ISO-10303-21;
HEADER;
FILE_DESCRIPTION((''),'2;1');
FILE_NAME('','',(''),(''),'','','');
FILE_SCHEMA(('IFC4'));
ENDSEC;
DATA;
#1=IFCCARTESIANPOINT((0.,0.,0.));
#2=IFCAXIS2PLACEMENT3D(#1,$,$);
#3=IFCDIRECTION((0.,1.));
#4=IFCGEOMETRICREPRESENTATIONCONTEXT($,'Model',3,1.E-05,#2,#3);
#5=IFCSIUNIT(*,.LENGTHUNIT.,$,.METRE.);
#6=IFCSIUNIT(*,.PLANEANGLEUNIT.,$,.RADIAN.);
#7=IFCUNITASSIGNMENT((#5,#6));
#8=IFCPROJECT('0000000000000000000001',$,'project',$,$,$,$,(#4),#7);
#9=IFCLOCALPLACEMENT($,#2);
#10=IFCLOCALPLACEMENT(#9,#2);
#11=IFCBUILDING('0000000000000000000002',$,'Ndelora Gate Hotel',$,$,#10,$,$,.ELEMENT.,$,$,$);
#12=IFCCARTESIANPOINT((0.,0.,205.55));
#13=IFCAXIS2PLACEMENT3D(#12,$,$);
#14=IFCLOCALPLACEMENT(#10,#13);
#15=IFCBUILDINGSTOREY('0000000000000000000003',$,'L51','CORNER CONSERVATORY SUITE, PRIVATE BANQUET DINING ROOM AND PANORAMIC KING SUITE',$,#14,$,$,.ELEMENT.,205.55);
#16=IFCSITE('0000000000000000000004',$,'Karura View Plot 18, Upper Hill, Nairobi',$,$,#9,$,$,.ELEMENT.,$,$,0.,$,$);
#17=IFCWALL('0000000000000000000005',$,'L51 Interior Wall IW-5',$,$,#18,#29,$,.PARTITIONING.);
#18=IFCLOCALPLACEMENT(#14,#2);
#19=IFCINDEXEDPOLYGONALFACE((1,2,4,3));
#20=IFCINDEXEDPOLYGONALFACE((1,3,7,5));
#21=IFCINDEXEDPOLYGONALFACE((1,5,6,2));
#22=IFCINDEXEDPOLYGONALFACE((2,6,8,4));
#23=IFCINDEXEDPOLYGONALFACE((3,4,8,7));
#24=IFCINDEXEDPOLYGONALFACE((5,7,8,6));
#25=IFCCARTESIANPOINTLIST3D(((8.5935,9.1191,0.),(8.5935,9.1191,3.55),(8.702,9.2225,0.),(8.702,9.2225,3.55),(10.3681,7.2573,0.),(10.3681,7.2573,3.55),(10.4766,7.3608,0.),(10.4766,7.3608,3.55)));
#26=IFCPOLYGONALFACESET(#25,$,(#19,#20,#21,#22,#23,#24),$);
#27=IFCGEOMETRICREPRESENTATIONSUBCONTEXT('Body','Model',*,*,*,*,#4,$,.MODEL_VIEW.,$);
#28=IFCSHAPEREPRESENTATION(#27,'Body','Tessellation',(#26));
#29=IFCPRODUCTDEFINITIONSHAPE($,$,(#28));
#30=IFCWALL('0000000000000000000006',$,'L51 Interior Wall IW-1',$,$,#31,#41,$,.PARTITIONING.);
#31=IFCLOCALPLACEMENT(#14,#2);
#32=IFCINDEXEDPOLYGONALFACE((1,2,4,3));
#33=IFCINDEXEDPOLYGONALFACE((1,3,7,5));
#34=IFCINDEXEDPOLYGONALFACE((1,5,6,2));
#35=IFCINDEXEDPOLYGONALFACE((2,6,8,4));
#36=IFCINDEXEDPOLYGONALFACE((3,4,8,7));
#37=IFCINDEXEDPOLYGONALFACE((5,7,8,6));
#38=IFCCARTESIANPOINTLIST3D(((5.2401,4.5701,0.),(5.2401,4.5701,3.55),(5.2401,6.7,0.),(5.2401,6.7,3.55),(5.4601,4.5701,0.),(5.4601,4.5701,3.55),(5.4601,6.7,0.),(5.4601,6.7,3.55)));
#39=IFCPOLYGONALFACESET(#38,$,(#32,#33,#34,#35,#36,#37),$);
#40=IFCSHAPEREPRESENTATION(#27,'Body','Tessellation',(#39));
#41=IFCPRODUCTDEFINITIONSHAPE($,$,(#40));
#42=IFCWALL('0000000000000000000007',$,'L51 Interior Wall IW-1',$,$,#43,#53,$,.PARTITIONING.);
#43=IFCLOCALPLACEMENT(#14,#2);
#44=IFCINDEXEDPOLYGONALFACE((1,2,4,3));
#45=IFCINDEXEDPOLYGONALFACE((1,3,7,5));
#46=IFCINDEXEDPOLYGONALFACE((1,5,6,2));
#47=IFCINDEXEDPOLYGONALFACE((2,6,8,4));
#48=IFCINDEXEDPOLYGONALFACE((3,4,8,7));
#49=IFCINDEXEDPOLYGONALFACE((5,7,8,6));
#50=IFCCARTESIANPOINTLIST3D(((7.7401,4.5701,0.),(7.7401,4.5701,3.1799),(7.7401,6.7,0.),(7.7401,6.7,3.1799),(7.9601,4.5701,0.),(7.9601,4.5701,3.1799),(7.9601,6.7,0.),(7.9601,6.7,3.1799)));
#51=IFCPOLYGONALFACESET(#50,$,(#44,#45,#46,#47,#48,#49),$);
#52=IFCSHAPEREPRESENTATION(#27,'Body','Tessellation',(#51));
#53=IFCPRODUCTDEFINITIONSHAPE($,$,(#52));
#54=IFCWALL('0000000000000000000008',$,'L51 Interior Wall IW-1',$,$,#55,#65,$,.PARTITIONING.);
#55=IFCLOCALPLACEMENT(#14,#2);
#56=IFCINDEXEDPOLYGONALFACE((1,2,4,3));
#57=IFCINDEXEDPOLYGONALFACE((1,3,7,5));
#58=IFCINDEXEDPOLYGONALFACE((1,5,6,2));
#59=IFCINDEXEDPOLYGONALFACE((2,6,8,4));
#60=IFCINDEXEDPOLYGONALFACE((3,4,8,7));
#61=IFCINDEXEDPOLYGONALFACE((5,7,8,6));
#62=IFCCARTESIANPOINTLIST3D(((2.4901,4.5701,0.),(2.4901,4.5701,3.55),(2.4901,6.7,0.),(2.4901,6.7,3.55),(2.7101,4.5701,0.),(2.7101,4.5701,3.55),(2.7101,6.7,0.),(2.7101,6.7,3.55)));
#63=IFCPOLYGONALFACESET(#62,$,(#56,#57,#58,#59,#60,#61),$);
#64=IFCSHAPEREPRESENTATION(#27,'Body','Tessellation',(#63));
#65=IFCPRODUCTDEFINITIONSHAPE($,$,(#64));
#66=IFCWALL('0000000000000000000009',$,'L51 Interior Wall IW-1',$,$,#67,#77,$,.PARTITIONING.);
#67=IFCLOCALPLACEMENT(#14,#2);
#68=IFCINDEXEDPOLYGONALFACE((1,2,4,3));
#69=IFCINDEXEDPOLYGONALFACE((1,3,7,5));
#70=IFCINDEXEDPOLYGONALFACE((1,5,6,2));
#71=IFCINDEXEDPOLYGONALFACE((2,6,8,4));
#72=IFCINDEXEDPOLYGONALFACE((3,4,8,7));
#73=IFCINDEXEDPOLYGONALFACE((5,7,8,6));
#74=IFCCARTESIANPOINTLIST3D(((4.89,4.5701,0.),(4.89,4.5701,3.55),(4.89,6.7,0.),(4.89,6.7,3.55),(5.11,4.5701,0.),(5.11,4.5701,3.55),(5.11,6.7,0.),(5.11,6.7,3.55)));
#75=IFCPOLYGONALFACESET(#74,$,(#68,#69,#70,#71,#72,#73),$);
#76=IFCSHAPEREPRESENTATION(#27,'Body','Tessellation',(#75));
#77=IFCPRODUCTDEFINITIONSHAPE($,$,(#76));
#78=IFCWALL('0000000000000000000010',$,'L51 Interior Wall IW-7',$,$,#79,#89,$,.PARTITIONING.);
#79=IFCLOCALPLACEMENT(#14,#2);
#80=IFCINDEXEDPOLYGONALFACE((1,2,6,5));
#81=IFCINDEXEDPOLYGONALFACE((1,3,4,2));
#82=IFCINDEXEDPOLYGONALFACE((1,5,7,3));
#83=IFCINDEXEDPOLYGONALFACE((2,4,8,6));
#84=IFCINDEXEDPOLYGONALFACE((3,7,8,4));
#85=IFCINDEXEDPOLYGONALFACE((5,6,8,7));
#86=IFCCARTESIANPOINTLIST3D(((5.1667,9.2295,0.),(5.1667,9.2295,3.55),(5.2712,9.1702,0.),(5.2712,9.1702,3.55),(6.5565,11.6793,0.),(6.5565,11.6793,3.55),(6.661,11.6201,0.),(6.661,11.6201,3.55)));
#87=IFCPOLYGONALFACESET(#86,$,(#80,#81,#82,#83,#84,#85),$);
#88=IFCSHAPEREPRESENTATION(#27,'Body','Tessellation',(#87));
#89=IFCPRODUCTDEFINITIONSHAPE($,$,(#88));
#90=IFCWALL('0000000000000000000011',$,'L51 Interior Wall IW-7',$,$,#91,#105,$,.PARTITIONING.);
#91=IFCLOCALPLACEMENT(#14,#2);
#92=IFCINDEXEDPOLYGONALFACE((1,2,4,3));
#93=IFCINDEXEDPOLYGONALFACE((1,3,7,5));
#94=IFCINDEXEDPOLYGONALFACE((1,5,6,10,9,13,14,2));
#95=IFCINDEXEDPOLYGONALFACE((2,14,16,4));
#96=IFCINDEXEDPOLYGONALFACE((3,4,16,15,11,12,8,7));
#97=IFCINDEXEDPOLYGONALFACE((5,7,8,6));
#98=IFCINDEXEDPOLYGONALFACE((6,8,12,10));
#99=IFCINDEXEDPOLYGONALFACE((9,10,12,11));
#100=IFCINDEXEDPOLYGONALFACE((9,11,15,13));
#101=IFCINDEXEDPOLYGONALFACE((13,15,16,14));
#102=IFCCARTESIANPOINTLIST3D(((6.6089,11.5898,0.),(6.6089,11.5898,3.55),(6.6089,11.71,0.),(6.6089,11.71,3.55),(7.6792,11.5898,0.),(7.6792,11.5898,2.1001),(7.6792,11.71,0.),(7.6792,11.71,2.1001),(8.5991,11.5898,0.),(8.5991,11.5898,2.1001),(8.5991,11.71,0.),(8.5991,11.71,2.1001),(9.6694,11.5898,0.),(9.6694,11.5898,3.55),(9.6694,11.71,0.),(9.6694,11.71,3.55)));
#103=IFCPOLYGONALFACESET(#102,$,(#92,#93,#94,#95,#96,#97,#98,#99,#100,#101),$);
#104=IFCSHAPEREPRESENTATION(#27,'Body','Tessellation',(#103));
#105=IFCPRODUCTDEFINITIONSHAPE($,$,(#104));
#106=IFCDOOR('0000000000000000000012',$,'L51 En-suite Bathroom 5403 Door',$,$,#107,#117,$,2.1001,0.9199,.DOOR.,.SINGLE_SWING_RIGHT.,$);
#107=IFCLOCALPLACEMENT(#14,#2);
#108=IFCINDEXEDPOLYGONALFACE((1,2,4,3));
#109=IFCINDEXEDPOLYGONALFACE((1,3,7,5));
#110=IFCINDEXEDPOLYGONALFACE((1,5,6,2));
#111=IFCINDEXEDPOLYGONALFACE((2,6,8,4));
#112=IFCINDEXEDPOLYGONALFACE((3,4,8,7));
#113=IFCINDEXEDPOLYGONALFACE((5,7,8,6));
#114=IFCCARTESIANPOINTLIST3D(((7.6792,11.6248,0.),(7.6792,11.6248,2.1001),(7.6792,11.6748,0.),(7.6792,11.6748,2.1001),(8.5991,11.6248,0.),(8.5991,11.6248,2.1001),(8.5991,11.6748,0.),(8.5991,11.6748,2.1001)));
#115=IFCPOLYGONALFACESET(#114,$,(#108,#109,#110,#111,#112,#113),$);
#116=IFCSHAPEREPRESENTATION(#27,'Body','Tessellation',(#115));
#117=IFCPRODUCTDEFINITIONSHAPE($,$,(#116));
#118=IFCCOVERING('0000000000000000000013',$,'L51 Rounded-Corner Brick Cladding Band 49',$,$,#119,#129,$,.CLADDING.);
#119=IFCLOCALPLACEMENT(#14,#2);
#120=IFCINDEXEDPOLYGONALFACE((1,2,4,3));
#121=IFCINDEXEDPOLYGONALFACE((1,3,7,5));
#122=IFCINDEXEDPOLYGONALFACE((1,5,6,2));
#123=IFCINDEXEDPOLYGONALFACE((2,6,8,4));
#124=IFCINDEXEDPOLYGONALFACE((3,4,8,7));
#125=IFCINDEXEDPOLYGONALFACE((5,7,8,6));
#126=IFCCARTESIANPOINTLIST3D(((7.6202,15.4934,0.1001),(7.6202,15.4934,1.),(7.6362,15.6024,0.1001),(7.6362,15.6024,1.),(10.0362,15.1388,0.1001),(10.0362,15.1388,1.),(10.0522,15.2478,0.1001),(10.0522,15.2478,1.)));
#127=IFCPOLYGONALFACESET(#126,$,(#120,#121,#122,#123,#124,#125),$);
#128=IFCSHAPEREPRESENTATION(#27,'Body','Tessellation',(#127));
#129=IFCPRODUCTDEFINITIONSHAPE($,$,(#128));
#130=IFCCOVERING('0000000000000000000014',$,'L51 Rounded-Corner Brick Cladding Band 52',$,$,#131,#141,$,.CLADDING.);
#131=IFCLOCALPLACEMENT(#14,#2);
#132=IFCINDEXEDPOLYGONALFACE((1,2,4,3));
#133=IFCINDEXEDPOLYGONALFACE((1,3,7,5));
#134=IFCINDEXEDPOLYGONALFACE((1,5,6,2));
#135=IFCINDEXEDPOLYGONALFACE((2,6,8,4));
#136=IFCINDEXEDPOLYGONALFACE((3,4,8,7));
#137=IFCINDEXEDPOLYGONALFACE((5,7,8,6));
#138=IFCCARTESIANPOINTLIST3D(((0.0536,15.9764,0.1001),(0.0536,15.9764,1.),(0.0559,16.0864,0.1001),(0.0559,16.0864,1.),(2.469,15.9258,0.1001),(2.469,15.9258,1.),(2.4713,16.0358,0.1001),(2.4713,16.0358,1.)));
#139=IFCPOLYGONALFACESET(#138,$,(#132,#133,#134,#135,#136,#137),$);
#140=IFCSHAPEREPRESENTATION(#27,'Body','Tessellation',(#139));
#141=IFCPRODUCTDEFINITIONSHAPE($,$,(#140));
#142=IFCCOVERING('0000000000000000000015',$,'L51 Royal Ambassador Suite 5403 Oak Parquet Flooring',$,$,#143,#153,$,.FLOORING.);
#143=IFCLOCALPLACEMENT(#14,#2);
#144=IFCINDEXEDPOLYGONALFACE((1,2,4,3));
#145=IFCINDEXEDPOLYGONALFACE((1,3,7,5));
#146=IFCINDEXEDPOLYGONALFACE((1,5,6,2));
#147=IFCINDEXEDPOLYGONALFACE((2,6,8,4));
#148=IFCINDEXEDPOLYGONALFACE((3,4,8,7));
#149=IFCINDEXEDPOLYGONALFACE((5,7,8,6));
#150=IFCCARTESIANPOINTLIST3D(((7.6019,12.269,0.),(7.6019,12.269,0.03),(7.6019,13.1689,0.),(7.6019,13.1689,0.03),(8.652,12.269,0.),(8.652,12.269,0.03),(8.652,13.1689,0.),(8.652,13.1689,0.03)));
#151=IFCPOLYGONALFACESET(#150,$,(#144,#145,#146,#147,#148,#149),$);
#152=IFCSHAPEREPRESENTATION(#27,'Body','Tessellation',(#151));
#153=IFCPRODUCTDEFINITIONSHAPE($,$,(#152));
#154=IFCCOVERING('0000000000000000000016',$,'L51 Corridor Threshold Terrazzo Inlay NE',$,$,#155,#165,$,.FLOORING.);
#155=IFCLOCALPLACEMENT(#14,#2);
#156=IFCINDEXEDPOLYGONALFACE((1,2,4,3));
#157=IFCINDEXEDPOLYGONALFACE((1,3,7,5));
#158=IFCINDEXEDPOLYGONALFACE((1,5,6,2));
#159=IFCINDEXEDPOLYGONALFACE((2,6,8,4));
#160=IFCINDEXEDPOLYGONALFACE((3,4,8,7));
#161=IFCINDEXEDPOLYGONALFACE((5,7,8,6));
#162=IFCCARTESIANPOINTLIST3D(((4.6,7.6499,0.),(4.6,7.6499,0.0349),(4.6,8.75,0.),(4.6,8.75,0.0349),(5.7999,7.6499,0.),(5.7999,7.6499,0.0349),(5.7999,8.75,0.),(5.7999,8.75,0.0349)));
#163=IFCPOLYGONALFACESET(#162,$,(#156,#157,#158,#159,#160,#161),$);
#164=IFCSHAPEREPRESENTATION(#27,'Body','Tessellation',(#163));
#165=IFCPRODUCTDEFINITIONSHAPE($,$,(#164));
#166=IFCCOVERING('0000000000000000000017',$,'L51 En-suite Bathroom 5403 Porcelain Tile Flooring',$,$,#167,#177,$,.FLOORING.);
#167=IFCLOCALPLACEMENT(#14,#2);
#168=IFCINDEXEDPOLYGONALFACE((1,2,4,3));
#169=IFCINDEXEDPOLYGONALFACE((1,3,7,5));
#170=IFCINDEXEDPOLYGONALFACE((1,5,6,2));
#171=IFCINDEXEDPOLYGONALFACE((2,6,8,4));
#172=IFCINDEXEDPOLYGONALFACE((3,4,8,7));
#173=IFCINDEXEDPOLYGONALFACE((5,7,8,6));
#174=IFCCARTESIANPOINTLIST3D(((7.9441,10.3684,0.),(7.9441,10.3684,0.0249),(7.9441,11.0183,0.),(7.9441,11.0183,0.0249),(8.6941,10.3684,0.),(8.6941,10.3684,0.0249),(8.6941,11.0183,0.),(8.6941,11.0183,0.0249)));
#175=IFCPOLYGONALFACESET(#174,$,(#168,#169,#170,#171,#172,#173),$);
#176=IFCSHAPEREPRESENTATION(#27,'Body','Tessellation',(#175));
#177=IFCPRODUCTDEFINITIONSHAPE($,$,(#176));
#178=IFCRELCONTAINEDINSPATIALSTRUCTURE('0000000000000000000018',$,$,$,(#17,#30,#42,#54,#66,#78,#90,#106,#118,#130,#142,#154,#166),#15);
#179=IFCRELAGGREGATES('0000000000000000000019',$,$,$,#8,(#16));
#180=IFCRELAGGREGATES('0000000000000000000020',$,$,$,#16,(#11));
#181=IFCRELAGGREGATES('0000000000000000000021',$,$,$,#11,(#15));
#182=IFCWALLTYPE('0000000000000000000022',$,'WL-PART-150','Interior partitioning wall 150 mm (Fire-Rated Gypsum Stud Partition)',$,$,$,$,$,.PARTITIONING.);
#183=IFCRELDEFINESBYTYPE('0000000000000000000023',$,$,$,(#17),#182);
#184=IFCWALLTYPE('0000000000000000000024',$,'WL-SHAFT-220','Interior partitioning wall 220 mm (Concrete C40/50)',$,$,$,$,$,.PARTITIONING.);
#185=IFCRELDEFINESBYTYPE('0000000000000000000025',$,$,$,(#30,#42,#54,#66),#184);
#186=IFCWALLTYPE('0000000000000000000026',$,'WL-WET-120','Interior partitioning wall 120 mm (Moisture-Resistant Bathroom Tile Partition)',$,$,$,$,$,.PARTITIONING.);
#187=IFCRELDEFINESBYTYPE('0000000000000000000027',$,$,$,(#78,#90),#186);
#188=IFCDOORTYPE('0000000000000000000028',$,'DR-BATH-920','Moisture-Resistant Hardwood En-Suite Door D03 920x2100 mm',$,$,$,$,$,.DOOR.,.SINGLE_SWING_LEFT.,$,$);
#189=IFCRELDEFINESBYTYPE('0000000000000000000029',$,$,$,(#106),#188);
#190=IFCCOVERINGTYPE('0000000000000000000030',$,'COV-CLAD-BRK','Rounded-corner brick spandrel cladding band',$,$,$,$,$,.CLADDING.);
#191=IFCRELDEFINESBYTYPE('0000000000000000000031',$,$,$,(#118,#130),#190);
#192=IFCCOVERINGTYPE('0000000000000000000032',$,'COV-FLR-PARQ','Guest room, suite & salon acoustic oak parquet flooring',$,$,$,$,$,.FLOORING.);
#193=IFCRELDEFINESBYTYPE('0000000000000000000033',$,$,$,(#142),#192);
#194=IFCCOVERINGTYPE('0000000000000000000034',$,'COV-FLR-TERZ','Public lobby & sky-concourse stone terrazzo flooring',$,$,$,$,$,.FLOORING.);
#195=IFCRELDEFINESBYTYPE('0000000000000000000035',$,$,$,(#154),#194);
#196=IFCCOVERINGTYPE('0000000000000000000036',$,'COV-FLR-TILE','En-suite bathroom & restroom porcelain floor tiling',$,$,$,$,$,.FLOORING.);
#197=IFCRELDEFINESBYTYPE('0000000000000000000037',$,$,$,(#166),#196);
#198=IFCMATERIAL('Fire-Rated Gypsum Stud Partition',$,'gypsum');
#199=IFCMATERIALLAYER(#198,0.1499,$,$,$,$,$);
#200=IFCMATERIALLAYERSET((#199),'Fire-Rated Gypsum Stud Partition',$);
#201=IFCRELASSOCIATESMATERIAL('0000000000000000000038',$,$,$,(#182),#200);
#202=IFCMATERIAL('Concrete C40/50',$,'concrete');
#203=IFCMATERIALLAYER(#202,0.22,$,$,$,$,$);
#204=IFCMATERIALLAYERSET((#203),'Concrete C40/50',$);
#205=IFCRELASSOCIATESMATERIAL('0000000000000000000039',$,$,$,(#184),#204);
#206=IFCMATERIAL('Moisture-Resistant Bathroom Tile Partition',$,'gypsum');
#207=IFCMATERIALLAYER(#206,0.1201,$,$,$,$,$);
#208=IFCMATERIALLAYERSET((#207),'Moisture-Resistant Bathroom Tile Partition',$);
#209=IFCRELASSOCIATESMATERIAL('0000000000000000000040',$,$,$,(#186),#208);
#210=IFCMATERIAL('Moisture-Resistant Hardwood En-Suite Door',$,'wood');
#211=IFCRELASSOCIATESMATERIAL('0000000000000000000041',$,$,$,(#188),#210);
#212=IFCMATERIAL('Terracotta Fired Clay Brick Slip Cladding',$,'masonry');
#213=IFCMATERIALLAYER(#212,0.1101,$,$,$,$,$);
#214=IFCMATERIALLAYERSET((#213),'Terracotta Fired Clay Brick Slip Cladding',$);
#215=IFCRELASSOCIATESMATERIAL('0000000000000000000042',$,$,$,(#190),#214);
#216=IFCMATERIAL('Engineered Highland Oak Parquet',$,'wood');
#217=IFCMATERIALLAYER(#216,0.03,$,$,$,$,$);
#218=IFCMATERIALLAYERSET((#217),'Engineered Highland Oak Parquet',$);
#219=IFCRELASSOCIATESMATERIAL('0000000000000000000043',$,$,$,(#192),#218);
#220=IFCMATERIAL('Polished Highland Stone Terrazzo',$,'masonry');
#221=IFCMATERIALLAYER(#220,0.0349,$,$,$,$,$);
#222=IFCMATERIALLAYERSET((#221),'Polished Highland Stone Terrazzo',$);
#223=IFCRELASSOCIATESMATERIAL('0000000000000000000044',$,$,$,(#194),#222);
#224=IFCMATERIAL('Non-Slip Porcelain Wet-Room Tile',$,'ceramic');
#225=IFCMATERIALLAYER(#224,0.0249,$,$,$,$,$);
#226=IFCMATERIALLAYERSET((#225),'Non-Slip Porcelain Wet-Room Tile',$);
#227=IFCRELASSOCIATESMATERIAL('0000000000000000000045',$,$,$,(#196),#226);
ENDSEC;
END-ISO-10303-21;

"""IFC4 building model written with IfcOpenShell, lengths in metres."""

from ifc_helpers import new_model, si_unit, direction, frame, frame_2d, origin, origin_2d, place, context, subcontext, project, spatial, rectangle, extrude, material, layer, layer_set, type_object, element, fill, save


model = new_model("IFC4")

# Units and contexts
model_context = context("Model", 3, precision=1e-05, world=origin(), true_north=direction((0.0, 1.0)))
body_context = subcontext(model_context, "Body", "Model", "MODEL_VIEW")
ifc_project = project(units=[si_unit("LENGTHUNIT", "METRE"), si_unit("PLANEANGLEUNIT", "RADIAN")], contexts=[model_context])

# Site, building, storey
site_placement = place(None, origin())
site = spatial("IfcSite", under=ifc_project, at=site_placement, Name="Karura View Plot 18, Upper Hill, Nairobi", CompositionType="ELEMENT", RefElevation=0.0)
building_placement = place(site_placement, origin())
building = spatial("IfcBuilding", under=site, at=building_placement, Name="Ndelora Gate Hotel", CompositionType="ELEMENT")
storey_placement = place(building_placement, frame((0.0, 0.0, 205.55)))
storey = spatial("IfcBuildingStorey", under=building, at=storey_placement, Name="L51", Description="CORNER CONSERVATORY SUITE, PRIVATE BANQUET DINING ROOM AND PANORAMIC KING SUITE", CompositionType="ELEMENT", Elevation=205.55)

# Wall
ifc_material_1 = material(Name="Fire-Rated Gypsum Stud Partition", Category="gypsum")
ifc_layer_1 = layer(ifc_material_1, 0.1499)
ifc_layer_set_1 = layer_set([ifc_layer_1], Name="Fire-Rated Gypsum Stud Partition")
wall_type_1 = type_object("IfcWallType", Name="WL-PART-150", Description="Interior partitioning wall 150 mm (Fire-Rated Gypsum Stud Partition)", PredefinedType="PARTITIONING", material=ifc_layer_set_1)
wall_1_placement = place(storey_placement, frame((8.6477, 9.1709, 0.0), z_axis=(0.0, 0.0, 1.0), x_axis=(0.689961, -0.723847, 0.0)))
element("IfcWall", 1, at=wall_1_placement, inside=storey, type_object=wall_type_1, Name="L51 Interior Wall IW-5", PredefinedType="PARTITIONING", context=body_context, shape_type="SweptSolid", body=[
    extrude(rectangle(XDim=2.572, YDim=0.1499, at=frame_2d((1.2861, 0.0))), origin(), (0.0, 0.0, 1.0), 3.55),
])

# Shared definitions
ifc_material_2 = material(Name="Concrete C40/50", Category="concrete")
ifc_layer_2 = layer(ifc_material_2, 0.22)
ifc_layer_set_2 = layer_set([ifc_layer_2], Name="Concrete C40/50")
wall_type_2 = type_object("IfcWallType", Name="WL-SHAFT-220", Description="Interior partitioning wall 220 mm (Concrete C40/50)", PredefinedType="PARTITIONING", material=ifc_layer_set_2)

# Walls
wall_2_placement = place(storey_placement, frame((5.3501, 4.5701, 0.0), z_axis=(0.0, 0.0, 1.0), x_axis=(0.0, 1.0, 0.0)))
element("IfcWall", 2, at=wall_2_placement, inside=storey, type_object=wall_type_2, Name="L51 Interior Wall IW-1", PredefinedType="PARTITIONING", context=body_context, shape_type="SweptSolid", body=[
    extrude(rectangle(XDim=2.1299, YDim=0.22, at=frame_2d((1.0649, 0.0))), origin(), (0.0, 0.0, 1.0), 3.55),
])
wall_3_placement = place(storey_placement, frame((7.8501, 4.5701, 0.0), z_axis=(0.0, 0.0, 1.0), x_axis=(0.0, 1.0, 0.0)))
element("IfcWall", 3, at=wall_3_placement, inside=storey, type_object=wall_type_2, Name="L51 Interior Wall IW-1", PredefinedType="PARTITIONING", context=body_context, shape_type="SweptSolid", body=[
    extrude(rectangle(XDim=2.1299, YDim=0.22, at=frame_2d((1.0649, 0.0))), origin(), (0.0, 0.0, 1.0), 3.1799),
])

# Walls
for number, where, z_axis, x_axis, name in (
    (4, (2.6001, 4.5701, 0.0), (0.0, 0.0, 1.0), (0.0, 1.0, 0.0), "L51 Interior Wall IW-1"),
    (5, (5.0, 4.5701, 0.0), (0.0, 0.0, 1.0), (0.0, 1.0, 0.0), "L51 Interior Wall IW-1"),
):
    element("IfcWall", number, at=place(storey_placement, frame(where, z_axis=z_axis, x_axis=x_axis)), inside=storey, type_object=wall_type_2, Name=name, PredefinedType="PARTITIONING", context=body_context, shape_type="SweptSolid", body=[
        extrude(rectangle(XDim=2.1299, YDim=0.22, at=frame_2d((1.0649, 0.0))), origin(), (0.0, 0.0, 1.0), 3.55),
    ])
ifc_material_3 = material(Name="Moisture-Resistant Bathroom Tile Partition", Category="gypsum")
ifc_layer_3 = layer(ifc_material_3, 0.1201)
ifc_layer_set_3 = layer_set([ifc_layer_3], Name="Moisture-Resistant Bathroom Tile Partition")
wall_type_3 = type_object("IfcWallType", Name="WL-WET-120", Description="Interior partitioning wall 120 mm (Moisture-Resistant Bathroom Tile Partition)", PredefinedType="PARTITIONING", material=ifc_layer_set_3)
wall_4_placement = place(storey_placement, frame((5.219, 9.2, 0.0), z_axis=(0.0, 0.0, 1.0), x_axis=(0.493439, 0.86978, 0.0)))
element("IfcWall", 6, at=wall_4_placement, inside=storey, type_object=wall_type_3, Name="L51 Interior Wall IW-7", PredefinedType="PARTITIONING", context=body_context, shape_type="SweptSolid", body=[
    extrude(rectangle(XDim=2.8167, YDim=0.1201, at=frame_2d((1.4082, 0.0))), origin(), (0.0, 0.0, 1.0), 3.55),
])

# Wall, opening, door
wall_5_placement = place(storey_placement, frame((6.6089, 11.6499, 0.0), z_axis=(0.0, 0.0, 1.0), x_axis=(1.0, 0.0, 0.0)))
wall_5 = element("IfcWall", 7, at=wall_5_placement, inside=storey, type_object=wall_type_3, Name="L51 Interior Wall IW-7", PredefinedType="PARTITIONING", context=body_context, shape_type="SweptSolid", body=[
    extrude(rectangle(XDim=3.0605, YDim=0.1201, at=frame_2d((1.5303, 0.0))), origin(), (0.0, 0.0, 1.0), 3.55),
])
opening_1_placement = place(wall_5_placement, frame((1.0703, 0.0, 0.0)))
opening_1 = element("IfcOpeningElement", 8, at=opening_1_placement, cuts=wall_5, PredefinedType="OPENING", context=body_context, shape_type="SweptSolid", body=[
    extrude(rectangle(XDim=0.9199, YDim=2.1001, at=frame_2d((0.46, 1.05))), frame((0.0, 0.0701, 0.0), z_axis=(0.0, -1.0, 0.0), x_axis=(1.0, 0.0, 0.0)), (0.0, 0.0, 1.0), 0.1401),
])
ifc_material_4 = material(Name="Moisture-Resistant Hardwood En-Suite Door", Category="wood")
door_type_1 = type_object("IfcDoorType", Name="DR-BATH-920", Description="Moisture-Resistant Hardwood En-Suite Door D03 920x2100 mm", OperationType="SINGLE_SWING_LEFT", PredefinedType="DOOR", material=ifc_material_4)
door_1_placement = place(opening_1_placement, origin())
door_1 = element("IfcDoor", 9, at=door_1_placement, inside=storey, type_object=door_type_1, Name="L51 En-suite Bathroom 5403 Door", OperationType="SINGLE_SWING_RIGHT", OverallHeight=2.1001, OverallWidth=0.9199, PredefinedType="DOOR", context=body_context, shape_type="SweptSolid", body=[
    extrude(rectangle(XDim=0.9199, YDim=2.1001, at=frame_2d((0.46, 1.05))), frame((0.0, 0.0249, 0.0), z_axis=(0.0, -1.0, 0.0), x_axis=(1.0, 0.0, 0.0)), (0.0, 0.0, 1.0), 0.05),
])
fill(opening_1, door_1)

# Coverings
ifc_material_5 = material(Name="Terracotta Fired Clay Brick Slip Cladding", Category="masonry")
ifc_layer_4 = layer(ifc_material_5, 0.1101)
ifc_layer_set_4 = layer_set([ifc_layer_4], Name="Terracotta Fired Clay Brick Slip Cladding")
covering_type_1 = type_object("IfcCoveringType", Name="COV-CLAD-BRK", Description="Rounded-corner brick spandrel cladding band", PredefinedType="CLADDING", material=ifc_layer_set_4)
covering_1_placement = place(storey_placement, frame((8.8362, 15.3706, 0.1001), z_axis=(0.0, 0.0, 1.0), x_axis=(-0.989399, 0.14522, 0.0)))
element("IfcCovering", 10, at=covering_1_placement, inside=storey, type_object=covering_type_1, Name="L51 Rounded-Corner Brick Cladding Band 49", PredefinedType="CLADDING", context=body_context, shape_type="SweptSolid", body=[
    extrude(rectangle(XDim=2.4419, YDim=0.1101, at=origin_2d()), origin(), (0.0, 0.0, 1.0), 0.8999),
])
covering_2_placement = place(storey_placement, frame((1.2625, 16.0061, 0.1001), z_axis=(0.0, 0.0, 1.0), x_axis=(-0.999781, 0.020942, 0.0)))
element("IfcCovering", 11, at=covering_2_placement, inside=storey, type_object=covering_type_1, Name="L51 Rounded-Corner Brick Cladding Band 52", PredefinedType="CLADDING", context=body_context, shape_type="SweptSolid", body=[
    extrude(rectangle(XDim=2.416, YDim=0.1101, at=origin_2d()), origin(), (0.0, 0.0, 1.0), 0.8999),
])
ifc_material_6 = material(Name="Engineered Highland Oak Parquet", Category="wood")
ifc_layer_5 = layer(ifc_material_6, 0.03)
ifc_layer_set_5 = layer_set([ifc_layer_5], Name="Engineered Highland Oak Parquet")
covering_type_2 = type_object("IfcCoveringType", Name="COV-FLR-PARQ", Description="Guest room, suite & salon acoustic oak parquet flooring", PredefinedType="FLOORING", material=ifc_layer_set_5)
covering_3_placement = place(storey_placement, frame((8.127, 12.719, 0.0), z_axis=(0.0, 0.0, 1.0), x_axis=(1.0, 0.0, 0.0)))
element("IfcCovering", 12, at=covering_3_placement, inside=storey, type_object=covering_type_2, Name="L51 Royal Ambassador Suite 5403 Oak Parquet Flooring", PredefinedType="FLOORING", context=body_context, shape_type="SweptSolid", body=[
    extrude(rectangle(XDim=1.05, YDim=0.8999, at=origin_2d()), origin(), (0.0, 0.0, 1.0), 0.03),
])
ifc_material_7 = material(Name="Polished Highland Stone Terrazzo", Category="masonry")
ifc_layer_6 = layer(ifc_material_7, 0.0349)
ifc_layer_set_6 = layer_set([ifc_layer_6], Name="Polished Highland Stone Terrazzo")
covering_type_3 = type_object("IfcCoveringType", Name="COV-FLR-TERZ", Description="Public lobby & sky-concourse stone terrazzo flooring", PredefinedType="FLOORING", material=ifc_layer_set_6)
covering_4_placement = place(storey_placement, frame((5.2, 8.2, 0.0), z_axis=(0.0, 0.0, 1.0), x_axis=(1.0, 0.0, 0.0)))
element("IfcCovering", 13, at=covering_4_placement, inside=storey, type_object=covering_type_3, Name="L51 Corridor Threshold Terrazzo Inlay NE", PredefinedType="FLOORING", context=body_context, shape_type="SweptSolid", body=[
    extrude(rectangle(XDim=1.2, YDim=1.1001, at=origin_2d()), origin(), (0.0, 0.0, 1.0), 0.0349),
])
ifc_material_8 = material(Name="Non-Slip Porcelain Wet-Room Tile", Category="ceramic")
ifc_layer_7 = layer(ifc_material_8, 0.0249)
ifc_layer_set_7 = layer_set([ifc_layer_7], Name="Non-Slip Porcelain Wet-Room Tile")
covering_type_4 = type_object("IfcCoveringType", Name="COV-FLR-TILE", Description="En-suite bathroom & restroom porcelain floor tiling", PredefinedType="FLOORING", material=ifc_layer_set_7)
covering_5_placement = place(storey_placement, frame((8.3191, 10.6934, 0.0), z_axis=(0.0, 0.0, 1.0), x_axis=(1.0, 0.0, 0.0)))
element("IfcCovering", 14, at=covering_5_placement, inside=storey, type_object=covering_type_4, Name="L51 En-suite Bathroom 5403 Porcelain Tile Flooring", PredefinedType="FLOORING", context=body_context, shape_type="SweptSolid", body=[
    extrude(rectangle(XDim=0.75, YDim=0.6499, at=origin_2d()), origin(), (0.0, 0.0, 1.0), 0.0249),
])

save(model, "model.ifc")
